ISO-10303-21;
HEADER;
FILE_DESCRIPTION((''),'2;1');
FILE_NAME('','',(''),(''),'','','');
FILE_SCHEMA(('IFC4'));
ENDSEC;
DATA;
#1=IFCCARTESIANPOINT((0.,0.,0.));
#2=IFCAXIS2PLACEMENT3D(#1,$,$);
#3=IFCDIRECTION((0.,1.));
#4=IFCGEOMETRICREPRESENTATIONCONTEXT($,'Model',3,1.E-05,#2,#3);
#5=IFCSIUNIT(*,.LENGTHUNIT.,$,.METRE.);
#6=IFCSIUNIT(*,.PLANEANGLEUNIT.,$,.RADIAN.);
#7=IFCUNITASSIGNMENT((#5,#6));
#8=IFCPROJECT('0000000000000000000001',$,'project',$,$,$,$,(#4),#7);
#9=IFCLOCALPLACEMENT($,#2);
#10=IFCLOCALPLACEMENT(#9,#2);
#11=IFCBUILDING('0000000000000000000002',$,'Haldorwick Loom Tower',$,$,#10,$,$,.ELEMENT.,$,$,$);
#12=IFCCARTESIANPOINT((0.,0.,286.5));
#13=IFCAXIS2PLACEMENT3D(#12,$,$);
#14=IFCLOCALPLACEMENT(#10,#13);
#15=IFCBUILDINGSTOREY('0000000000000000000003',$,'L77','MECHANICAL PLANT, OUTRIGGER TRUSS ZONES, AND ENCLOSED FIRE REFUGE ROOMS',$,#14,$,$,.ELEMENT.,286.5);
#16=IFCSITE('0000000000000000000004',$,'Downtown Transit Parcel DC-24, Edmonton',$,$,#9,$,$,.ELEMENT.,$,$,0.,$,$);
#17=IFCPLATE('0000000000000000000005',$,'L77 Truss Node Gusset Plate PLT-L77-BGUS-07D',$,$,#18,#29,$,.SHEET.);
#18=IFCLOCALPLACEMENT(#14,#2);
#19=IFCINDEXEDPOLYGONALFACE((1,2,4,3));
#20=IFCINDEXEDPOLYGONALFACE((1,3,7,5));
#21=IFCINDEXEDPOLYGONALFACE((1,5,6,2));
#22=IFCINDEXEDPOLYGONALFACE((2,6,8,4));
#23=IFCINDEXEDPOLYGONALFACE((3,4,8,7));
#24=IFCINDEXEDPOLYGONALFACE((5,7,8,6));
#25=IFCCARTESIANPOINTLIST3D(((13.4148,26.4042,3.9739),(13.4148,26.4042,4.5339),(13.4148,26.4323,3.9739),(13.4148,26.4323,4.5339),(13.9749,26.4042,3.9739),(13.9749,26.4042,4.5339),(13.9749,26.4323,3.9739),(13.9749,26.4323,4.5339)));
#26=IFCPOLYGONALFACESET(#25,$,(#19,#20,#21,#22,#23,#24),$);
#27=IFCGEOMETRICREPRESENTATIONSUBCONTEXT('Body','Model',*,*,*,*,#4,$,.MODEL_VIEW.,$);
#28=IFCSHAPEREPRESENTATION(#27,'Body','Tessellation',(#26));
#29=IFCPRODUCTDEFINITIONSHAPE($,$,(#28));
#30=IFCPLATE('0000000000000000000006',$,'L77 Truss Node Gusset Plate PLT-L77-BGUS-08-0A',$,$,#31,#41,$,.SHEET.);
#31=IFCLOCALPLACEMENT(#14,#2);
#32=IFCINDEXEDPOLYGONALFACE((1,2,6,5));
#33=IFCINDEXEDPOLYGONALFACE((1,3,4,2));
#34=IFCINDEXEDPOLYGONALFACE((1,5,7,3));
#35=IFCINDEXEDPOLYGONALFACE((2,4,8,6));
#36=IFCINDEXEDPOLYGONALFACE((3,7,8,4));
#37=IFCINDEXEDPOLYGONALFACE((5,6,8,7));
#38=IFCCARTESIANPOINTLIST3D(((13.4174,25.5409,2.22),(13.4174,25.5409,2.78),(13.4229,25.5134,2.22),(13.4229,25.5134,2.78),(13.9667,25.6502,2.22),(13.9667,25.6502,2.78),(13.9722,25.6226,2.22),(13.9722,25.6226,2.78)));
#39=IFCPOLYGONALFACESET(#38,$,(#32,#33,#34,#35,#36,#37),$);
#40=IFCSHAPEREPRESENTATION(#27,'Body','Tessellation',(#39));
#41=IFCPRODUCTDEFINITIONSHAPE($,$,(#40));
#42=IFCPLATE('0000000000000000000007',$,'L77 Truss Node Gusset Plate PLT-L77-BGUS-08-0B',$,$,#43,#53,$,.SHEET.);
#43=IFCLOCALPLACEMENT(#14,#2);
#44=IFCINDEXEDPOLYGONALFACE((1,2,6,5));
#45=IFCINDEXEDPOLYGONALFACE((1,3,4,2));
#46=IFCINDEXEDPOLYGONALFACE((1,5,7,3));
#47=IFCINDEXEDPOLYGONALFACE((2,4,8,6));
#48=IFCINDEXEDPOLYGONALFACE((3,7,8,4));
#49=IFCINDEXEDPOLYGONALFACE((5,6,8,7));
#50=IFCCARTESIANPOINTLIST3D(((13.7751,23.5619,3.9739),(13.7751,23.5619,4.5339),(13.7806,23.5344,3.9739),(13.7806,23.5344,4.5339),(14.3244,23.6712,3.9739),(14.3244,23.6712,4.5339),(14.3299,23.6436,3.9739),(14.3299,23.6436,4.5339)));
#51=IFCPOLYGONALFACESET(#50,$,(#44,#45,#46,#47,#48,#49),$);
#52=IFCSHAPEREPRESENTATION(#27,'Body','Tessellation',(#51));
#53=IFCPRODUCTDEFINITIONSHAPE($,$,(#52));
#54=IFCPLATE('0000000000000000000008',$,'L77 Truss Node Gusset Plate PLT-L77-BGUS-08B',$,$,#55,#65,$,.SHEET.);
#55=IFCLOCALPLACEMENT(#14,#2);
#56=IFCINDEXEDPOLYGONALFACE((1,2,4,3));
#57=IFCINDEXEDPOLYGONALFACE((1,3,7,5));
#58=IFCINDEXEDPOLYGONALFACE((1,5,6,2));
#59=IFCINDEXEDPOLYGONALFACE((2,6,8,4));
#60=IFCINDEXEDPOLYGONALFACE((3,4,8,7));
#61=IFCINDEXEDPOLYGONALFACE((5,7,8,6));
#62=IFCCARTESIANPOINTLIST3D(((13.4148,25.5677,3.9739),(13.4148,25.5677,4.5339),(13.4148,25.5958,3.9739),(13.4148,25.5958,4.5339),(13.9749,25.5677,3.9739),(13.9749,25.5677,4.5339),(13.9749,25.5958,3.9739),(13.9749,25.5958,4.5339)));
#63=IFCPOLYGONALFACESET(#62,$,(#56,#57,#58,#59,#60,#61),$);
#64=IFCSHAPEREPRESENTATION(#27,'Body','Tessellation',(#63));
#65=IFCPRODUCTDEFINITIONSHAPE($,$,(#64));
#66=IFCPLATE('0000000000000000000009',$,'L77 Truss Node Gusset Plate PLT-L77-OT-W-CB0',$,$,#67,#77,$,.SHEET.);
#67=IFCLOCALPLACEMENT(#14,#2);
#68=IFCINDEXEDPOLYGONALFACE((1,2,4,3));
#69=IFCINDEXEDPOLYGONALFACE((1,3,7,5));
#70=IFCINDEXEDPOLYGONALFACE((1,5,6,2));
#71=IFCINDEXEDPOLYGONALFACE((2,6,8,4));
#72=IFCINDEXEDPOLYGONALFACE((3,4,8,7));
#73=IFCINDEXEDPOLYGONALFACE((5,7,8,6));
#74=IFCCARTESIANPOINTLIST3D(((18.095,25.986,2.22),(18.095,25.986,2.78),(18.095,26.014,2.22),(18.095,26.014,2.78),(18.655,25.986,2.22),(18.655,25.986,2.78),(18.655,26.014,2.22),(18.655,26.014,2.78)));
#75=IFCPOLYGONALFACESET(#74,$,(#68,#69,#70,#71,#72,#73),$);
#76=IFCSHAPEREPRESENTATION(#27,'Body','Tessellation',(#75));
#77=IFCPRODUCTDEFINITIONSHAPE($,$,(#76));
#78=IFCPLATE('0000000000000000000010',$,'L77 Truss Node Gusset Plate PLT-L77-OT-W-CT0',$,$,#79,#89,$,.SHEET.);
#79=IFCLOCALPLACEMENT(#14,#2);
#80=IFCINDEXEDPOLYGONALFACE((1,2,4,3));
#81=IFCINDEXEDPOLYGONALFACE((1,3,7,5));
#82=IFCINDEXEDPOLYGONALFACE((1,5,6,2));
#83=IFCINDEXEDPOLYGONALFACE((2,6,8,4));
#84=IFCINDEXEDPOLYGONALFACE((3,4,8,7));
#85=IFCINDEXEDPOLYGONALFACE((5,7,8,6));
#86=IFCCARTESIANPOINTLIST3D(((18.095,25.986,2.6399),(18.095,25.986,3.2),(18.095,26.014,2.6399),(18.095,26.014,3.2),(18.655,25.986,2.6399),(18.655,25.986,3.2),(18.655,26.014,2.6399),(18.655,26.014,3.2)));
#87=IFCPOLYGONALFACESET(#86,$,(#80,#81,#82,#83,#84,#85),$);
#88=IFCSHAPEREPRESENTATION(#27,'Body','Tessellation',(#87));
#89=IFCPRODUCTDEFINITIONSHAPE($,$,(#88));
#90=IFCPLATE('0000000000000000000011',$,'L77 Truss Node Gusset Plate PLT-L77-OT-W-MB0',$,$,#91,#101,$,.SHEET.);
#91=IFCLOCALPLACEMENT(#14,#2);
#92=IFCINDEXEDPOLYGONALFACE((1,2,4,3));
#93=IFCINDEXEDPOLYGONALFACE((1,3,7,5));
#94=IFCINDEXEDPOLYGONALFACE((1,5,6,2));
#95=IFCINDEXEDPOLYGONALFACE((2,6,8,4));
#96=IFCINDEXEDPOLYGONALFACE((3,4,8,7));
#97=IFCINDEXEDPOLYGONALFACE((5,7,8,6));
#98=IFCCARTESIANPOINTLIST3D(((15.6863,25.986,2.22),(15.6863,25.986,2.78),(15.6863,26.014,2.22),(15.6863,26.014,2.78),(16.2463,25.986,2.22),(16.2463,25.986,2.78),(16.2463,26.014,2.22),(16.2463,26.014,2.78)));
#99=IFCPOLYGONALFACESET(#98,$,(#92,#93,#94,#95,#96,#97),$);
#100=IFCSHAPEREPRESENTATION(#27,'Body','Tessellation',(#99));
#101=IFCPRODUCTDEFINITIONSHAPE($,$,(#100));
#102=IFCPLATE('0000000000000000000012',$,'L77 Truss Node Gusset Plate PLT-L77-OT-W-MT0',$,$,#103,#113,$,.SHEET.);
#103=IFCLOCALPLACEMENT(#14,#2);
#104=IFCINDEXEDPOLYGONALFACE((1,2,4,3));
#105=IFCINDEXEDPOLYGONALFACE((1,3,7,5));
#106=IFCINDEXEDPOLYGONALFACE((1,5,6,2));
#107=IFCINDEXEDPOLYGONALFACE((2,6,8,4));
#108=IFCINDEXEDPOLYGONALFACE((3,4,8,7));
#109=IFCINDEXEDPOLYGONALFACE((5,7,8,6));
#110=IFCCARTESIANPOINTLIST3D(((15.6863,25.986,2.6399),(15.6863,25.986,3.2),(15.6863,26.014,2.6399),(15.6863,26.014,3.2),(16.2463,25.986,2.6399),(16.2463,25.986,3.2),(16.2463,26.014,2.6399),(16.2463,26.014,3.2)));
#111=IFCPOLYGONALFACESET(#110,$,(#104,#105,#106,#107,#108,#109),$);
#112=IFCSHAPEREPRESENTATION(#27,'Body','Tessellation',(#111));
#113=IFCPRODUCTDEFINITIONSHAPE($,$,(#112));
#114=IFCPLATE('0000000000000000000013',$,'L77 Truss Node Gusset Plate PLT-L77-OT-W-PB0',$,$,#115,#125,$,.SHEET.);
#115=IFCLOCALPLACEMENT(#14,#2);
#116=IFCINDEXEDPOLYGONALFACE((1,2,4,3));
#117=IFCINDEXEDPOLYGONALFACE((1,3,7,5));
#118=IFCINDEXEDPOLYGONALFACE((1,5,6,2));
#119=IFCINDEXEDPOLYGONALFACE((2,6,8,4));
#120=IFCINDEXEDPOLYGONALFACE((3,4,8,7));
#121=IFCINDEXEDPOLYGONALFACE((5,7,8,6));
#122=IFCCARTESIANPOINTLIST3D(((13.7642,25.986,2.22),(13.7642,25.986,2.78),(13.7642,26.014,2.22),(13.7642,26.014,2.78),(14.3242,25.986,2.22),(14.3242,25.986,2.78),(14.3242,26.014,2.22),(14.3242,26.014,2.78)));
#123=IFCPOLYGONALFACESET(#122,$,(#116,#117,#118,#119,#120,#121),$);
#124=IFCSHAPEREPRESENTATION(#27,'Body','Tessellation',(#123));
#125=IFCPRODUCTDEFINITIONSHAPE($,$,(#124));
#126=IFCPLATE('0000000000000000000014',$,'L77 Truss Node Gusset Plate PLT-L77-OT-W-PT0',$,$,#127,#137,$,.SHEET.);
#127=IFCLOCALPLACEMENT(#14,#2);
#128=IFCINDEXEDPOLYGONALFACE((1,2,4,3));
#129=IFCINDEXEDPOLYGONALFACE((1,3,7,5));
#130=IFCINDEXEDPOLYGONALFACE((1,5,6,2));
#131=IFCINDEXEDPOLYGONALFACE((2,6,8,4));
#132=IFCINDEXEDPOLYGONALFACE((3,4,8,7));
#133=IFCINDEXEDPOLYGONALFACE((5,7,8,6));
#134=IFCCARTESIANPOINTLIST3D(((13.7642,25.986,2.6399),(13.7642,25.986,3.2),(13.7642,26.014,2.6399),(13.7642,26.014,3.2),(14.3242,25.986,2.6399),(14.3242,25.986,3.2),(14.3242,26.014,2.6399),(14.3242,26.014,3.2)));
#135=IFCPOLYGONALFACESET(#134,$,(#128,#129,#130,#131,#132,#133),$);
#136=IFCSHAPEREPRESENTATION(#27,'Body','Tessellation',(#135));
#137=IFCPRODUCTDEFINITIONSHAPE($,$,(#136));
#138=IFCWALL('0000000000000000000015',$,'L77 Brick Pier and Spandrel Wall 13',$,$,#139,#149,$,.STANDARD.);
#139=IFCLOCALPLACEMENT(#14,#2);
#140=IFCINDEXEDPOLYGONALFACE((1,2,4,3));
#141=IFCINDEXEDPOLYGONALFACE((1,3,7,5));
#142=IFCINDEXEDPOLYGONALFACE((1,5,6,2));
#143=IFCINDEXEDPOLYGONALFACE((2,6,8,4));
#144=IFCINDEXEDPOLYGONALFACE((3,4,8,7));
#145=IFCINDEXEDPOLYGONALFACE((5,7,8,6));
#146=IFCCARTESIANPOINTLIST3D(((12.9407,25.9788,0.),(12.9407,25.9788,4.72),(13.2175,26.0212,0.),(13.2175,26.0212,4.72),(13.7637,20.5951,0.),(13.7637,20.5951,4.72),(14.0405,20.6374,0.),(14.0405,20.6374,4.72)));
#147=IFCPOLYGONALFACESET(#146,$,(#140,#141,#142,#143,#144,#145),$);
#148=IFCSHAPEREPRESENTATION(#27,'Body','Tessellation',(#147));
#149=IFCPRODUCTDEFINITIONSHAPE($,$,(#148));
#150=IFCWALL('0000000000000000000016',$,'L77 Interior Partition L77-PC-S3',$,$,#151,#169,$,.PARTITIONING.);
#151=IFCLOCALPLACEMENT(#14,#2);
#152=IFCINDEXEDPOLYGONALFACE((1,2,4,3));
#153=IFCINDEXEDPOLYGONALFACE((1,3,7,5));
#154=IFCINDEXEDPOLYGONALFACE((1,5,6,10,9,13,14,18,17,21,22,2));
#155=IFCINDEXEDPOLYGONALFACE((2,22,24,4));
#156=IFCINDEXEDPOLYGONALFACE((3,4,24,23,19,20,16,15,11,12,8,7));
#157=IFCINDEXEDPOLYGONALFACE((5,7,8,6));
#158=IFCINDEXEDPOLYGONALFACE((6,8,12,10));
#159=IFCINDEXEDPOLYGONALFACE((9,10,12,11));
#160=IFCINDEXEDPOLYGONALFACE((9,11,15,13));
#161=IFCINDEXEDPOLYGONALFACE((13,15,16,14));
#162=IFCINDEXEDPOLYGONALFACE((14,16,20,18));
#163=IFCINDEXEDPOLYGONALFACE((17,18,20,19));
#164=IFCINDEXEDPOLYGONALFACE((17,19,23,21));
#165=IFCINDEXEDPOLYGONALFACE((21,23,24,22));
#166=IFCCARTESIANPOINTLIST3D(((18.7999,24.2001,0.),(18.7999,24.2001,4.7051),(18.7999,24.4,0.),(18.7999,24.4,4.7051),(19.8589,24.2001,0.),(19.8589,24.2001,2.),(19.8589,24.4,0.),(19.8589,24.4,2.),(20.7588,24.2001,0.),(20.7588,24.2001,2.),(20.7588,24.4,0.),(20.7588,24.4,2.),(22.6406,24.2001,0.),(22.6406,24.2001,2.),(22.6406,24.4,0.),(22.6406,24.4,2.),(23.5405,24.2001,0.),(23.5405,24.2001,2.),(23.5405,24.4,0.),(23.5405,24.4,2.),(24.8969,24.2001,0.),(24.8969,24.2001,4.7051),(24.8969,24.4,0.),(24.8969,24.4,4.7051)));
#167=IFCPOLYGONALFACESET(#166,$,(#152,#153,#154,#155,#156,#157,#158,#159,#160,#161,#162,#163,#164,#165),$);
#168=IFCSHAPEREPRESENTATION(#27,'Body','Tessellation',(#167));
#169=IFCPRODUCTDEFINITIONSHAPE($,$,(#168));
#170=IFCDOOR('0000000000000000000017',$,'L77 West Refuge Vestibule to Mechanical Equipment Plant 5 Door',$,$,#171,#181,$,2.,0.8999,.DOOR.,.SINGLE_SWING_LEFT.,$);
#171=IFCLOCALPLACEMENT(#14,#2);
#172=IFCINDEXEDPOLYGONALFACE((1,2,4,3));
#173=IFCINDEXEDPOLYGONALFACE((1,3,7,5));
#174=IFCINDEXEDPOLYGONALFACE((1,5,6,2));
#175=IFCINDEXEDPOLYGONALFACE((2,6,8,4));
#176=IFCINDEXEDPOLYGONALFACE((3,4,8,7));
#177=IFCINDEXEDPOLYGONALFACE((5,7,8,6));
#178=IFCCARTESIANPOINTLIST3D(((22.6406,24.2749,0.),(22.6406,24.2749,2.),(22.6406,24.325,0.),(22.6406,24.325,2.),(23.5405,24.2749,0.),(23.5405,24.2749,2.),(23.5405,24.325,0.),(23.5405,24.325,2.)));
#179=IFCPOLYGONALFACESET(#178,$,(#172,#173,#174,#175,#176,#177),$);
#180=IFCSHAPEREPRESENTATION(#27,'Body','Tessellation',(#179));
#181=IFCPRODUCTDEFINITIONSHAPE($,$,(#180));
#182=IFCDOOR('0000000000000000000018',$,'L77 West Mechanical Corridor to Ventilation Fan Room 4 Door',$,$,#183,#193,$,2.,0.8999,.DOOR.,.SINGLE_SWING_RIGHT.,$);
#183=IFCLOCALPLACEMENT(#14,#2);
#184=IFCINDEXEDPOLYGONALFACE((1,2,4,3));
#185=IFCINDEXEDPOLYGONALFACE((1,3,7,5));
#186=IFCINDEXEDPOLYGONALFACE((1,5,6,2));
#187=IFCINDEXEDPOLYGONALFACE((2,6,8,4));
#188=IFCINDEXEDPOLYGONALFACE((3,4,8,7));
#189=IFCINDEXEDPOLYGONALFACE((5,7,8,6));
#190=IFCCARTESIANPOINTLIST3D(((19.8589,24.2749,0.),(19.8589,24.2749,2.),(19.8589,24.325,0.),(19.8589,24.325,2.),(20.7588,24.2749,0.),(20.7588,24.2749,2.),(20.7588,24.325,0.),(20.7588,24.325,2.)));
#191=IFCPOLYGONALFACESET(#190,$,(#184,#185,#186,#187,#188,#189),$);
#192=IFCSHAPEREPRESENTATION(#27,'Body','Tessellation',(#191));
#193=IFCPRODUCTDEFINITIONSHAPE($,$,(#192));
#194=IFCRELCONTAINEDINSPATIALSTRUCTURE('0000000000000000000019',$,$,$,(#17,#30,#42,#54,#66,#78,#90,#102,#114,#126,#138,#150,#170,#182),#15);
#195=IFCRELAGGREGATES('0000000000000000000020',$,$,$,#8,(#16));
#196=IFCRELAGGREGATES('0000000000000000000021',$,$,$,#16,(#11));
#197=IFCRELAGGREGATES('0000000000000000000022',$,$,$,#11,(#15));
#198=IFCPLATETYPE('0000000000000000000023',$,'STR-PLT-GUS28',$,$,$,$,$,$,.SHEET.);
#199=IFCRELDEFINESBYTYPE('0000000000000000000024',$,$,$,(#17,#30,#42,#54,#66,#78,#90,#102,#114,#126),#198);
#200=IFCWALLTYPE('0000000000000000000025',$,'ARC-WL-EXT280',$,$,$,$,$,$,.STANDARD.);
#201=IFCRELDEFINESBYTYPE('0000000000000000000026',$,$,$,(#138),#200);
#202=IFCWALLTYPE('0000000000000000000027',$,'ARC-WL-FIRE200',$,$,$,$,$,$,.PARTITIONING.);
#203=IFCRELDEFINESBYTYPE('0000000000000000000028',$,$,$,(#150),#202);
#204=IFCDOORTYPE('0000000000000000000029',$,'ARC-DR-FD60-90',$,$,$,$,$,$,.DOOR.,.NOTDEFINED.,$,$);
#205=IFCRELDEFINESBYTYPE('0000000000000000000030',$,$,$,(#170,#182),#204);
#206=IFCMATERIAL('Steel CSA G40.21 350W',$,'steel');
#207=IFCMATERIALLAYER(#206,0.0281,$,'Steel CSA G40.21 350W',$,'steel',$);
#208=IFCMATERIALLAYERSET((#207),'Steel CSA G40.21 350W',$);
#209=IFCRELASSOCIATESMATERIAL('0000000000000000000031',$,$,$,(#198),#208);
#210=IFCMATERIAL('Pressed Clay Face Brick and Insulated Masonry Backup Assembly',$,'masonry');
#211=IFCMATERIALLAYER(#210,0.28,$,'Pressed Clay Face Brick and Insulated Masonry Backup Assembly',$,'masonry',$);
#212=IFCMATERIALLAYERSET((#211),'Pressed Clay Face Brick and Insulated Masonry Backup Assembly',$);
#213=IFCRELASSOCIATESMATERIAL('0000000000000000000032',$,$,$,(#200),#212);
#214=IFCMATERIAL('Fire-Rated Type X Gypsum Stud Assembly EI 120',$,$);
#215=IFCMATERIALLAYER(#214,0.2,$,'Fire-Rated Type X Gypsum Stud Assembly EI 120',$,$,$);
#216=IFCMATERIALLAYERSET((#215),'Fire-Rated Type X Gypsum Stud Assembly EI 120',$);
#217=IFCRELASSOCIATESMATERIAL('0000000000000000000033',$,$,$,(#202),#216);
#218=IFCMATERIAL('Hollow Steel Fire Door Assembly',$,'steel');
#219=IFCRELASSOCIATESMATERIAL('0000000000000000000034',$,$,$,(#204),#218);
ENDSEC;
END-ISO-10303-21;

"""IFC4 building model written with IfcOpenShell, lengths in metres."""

from ifc_helpers import new_model, si_unit, direction, frame, frame_2d, origin, origin_2d, place, context, subcontext, project, spatial, rectangle, extrude, material, layer, layer_set, type_object, element, fill, save


model = new_model("IFC4")

# Units and contexts
model_context = context("Model", 3, precision=1e-05, world=origin(), true_north=direction((0.0, 1.0)))
body_context = subcontext(model_context, "Body", "Model", "MODEL_VIEW")
ifc_project = project(units=[si_unit("LENGTHUNIT", "METRE"), si_unit("PLANEANGLEUNIT", "RADIAN")], contexts=[model_context])

# Site, building, storey
site_placement = place(None, origin())
site = spatial("IfcSite", under=ifc_project, at=site_placement, Name="Downtown Transit Parcel DC-24, Edmonton", CompositionType="ELEMENT", RefElevation=0.0)
building_placement = place(site_placement, origin())
building = spatial("IfcBuilding", under=site, at=building_placement, Name="Haldorwick Loom Tower", CompositionType="ELEMENT")
storey_placement = place(building_placement, frame((0.0, 0.0, 286.5)))
storey = spatial("IfcBuildingStorey", under=building, at=storey_placement, Name="L77", Description="MECHANICAL PLANT, OUTRIGGER TRUSS ZONES, AND ENCLOSED FIRE REFUGE ROOMS", CompositionType="ELEMENT", Elevation=286.5)

# Shared definitions
ifc_material_1 = material(Name="Steel CSA G40.21 350W", Category="steel")

# Plates
ifc_layer_1 = layer(ifc_material_1, 0.0281, Name="Steel CSA G40.21 350W", Category="steel")
ifc_layer_set_1 = layer_set([ifc_layer_1], Name="Steel CSA G40.21 350W")
plate_type = type_object("IfcPlateType", Name="STR-PLT-GUS28", PredefinedType="SHEET", material=ifc_layer_set_1)
for number, where, z_axis, x_axis, name in (
    (1, (13.6948, 26.4182, 3.9739), (0.0, 0.0, 1.0), (-1.0, 0.0, 0.0), "L77 Truss Node Gusset Plate PLT-L77-BGUS-07D"),
    (2, (13.6948, 25.5818, 2.22), (0.0, 0.0, 1.0), (-0.980785, -0.19509, 0.0), "L77 Truss Node Gusset Plate PLT-L77-BGUS-08-0A"),
    (3, (14.0525, 23.6028, 3.9739), (0.0, 0.0, 1.0), (-0.980785, -0.19509, 0.0), "L77 Truss Node Gusset Plate PLT-L77-BGUS-08-0B"),
    (4, (13.6948, 25.5818, 3.9739), (0.0, 0.0, 1.0), (-1.0, 0.0, 0.0), "L77 Truss Node Gusset Plate PLT-L77-BGUS-08B"),
    (5, (18.375, 26.0, 2.22), (0.0, 0.0, 1.0), (-1.0, 0.0, 0.0), "L77 Truss Node Gusset Plate PLT-L77-OT-W-CB0"),
    (6, (18.375, 26.0, 2.6399), (0.0, 0.0, 1.0), (-1.0, 0.0, 0.0), "L77 Truss Node Gusset Plate PLT-L77-OT-W-CT0"),
    (7, (15.9663, 26.0, 2.22), (0.0, 0.0, 1.0), (-1.0, 0.0, 0.0), "L77 Truss Node Gusset Plate PLT-L77-OT-W-MB0"),
    (8, (15.9663, 26.0, 2.6399), (0.0, 0.0, 1.0), (-1.0, 0.0, 0.0), "L77 Truss Node Gusset Plate PLT-L77-OT-W-MT0"),
    (9, (14.0442, 26.0, 2.22), (0.0, 0.0, 1.0), (-1.0, 0.0, 0.0), "L77 Truss Node Gusset Plate PLT-L77-OT-W-PB0"),
    (10, (14.0442, 26.0, 2.6399), (0.0, 0.0, 1.0), (-1.0, 0.0, 0.0), "L77 Truss Node Gusset Plate PLT-L77-OT-W-PT0"),
):
    element("IfcPlate", number, at=place(storey_placement, frame(where, z_axis=z_axis, x_axis=x_axis)), inside=storey, type_object=plate_type, Name=name, PredefinedType="SHEET", context=body_context, shape_type="SweptSolid", body=[
        extrude(rectangle(XDim=0.5601, YDim=0.0281, at=origin_2d()), origin(), (0.0, 0.0, 1.0), 0.5601),
    ])

# Wall
ifc_material_2 = material(Name="Pressed Clay Face Brick and Insulated Masonry Backup Assembly", Category="masonry")
ifc_layer_2 = layer(ifc_material_2, 0.28, Name="Pressed Clay Face Brick and Insulated Masonry Backup Assembly", Category="masonry")
ifc_layer_set_2 = layer_set([ifc_layer_2], Name="Pressed Clay Face Brick and Insulated Masonry Backup Assembly")
wall_type_1 = type_object("IfcWallType", Name="ARC-WL-EXT280", PredefinedType="STANDARD", material=ifc_layer_set_2)
wall_1_placement = place(storey_placement, frame((13.0791, 26.0, 0.0), z_axis=(0.0, 0.0, 1.0), x_axis=(0.151111, -0.988517, 0.0)))
element("IfcWall", 11, at=wall_1_placement, inside=storey, type_object=wall_type_1, Name="L77 Brick Pier and Spandrel Wall 13", PredefinedType="STANDARD", context=body_context, shape_type="SweptSolid", body=[
    extrude(rectangle(XDim=5.4463, YDim=0.28, at=frame_2d((2.7231, 0.0))), origin(), (0.0, 0.0, 1.0), 4.72),
])

# Wall, openings, doors
ifc_material_3 = material(Name="Fire-Rated Type X Gypsum Stud Assembly EI 120")
ifc_layer_3 = layer(ifc_material_3, 0.2, Name="Fire-Rated Type X Gypsum Stud Assembly EI 120")
ifc_layer_set_3 = layer_set([ifc_layer_3], Name="Fire-Rated Type X Gypsum Stud Assembly EI 120")
wall_type_2 = type_object("IfcWallType", Name="ARC-WL-FIRE200", PredefinedType="PARTITIONING", material=ifc_layer_set_3)
wall_2_placement = place(storey_placement, frame((18.8, 24.3, 0.0), z_axis=(0.0, 0.0, 1.0), x_axis=(1.0, 0.0, 0.0)))
wall_2 = element("IfcWall", 12, at=wall_2_placement, inside=storey, type_object=wall_type_2, Name="L77 Interior Partition L77-PC-S3", PredefinedType="PARTITIONING", context=body_context, shape_type="SweptSolid", body=[
    extrude(rectangle(XDim=6.0969, YDim=0.2, at=frame_2d((3.0483, 0.0))), origin(), (0.0, 0.0, 1.0), 4.7051),
])
opening_1_placement = place(wall_2_placement, frame((3.8406, 0.0, 0.0)))
opening_1 = element("IfcOpeningElement", 13, at=opening_1_placement, cuts=wall_2, PredefinedType="OPENING", context=body_context, shape_type="SweptSolid", body=[
    extrude(rectangle(XDim=0.8999, YDim=2.0, at=frame_2d((0.45, 1.0))), frame((0.0, 0.1099, 0.0), z_axis=(0.0, -1.0, 0.0), x_axis=(1.0, 0.0, 0.0)), (0.0, 0.0, 1.0), 0.22),
])
opening_2_placement = place(wall_2_placement, frame((1.0588, 0.0, 0.0)))
opening_2 = element("IfcOpeningElement", 14, at=opening_2_placement, cuts=wall_2, PredefinedType="OPENING", context=body_context, shape_type="SweptSolid", body=[
    extrude(rectangle(XDim=0.8999, YDim=2.0, at=frame_2d((0.45, 1.0))), frame((0.0, 0.1099, 0.0), z_axis=(0.0, -1.0, 0.0), x_axis=(1.0, 0.0, 0.0)), (0.0, 0.0, 1.0), 0.22),
])
ifc_material_4 = material(Name="Hollow Steel Fire Door Assembly", Category="steel")
door_type = type_object("IfcDoorType", Name="ARC-DR-FD60-90", OperationType="NOTDEFINED", PredefinedType="DOOR", material=ifc_material_4)
door_1_placement = place(opening_1_placement, origin())
door_1 = element("IfcDoor", 15, at=door_1_placement, inside=storey, type_object=door_type, Name="L77 West Refuge Vestibule to Mechanical Equipment Plant 5 Door", OperationType="SINGLE_SWING_LEFT", OverallHeight=2.0, OverallWidth=0.8999, PredefinedType="DOOR", context=body_context, shape_type="SweptSolid", body=[
    extrude(rectangle(XDim=0.8999, YDim=2.0, at=frame_2d((0.45, 1.0))), frame((0.0, 0.0249, 0.0), z_axis=(0.0, -1.0, 0.0), x_axis=(1.0, 0.0, 0.0)), (0.0, 0.0, 1.0), 0.05),
])
fill(opening_1, door_1)
door_2_placement = place(opening_2_placement, origin())
door_2 = element("IfcDoor", 16, at=door_2_placement, inside=storey, type_object=door_type, Name="L77 West Mechanical Corridor to Ventilation Fan Room 4 Door", OperationType="SINGLE_SWING_RIGHT", OverallHeight=2.0, OverallWidth=0.8999, PredefinedType="DOOR", context=body_context, shape_type="SweptSolid", body=[
    extrude(rectangle(XDim=0.8999, YDim=2.0, at=frame_2d((0.45, 1.0))), frame((0.0, 0.0249, 0.0), z_axis=(0.0, -1.0, 0.0), x_axis=(1.0, 0.0, 0.0)), (0.0, 0.0, 1.0), 0.05),
])
fill(opening_2, door_2)

save(model, "model.ifc")
